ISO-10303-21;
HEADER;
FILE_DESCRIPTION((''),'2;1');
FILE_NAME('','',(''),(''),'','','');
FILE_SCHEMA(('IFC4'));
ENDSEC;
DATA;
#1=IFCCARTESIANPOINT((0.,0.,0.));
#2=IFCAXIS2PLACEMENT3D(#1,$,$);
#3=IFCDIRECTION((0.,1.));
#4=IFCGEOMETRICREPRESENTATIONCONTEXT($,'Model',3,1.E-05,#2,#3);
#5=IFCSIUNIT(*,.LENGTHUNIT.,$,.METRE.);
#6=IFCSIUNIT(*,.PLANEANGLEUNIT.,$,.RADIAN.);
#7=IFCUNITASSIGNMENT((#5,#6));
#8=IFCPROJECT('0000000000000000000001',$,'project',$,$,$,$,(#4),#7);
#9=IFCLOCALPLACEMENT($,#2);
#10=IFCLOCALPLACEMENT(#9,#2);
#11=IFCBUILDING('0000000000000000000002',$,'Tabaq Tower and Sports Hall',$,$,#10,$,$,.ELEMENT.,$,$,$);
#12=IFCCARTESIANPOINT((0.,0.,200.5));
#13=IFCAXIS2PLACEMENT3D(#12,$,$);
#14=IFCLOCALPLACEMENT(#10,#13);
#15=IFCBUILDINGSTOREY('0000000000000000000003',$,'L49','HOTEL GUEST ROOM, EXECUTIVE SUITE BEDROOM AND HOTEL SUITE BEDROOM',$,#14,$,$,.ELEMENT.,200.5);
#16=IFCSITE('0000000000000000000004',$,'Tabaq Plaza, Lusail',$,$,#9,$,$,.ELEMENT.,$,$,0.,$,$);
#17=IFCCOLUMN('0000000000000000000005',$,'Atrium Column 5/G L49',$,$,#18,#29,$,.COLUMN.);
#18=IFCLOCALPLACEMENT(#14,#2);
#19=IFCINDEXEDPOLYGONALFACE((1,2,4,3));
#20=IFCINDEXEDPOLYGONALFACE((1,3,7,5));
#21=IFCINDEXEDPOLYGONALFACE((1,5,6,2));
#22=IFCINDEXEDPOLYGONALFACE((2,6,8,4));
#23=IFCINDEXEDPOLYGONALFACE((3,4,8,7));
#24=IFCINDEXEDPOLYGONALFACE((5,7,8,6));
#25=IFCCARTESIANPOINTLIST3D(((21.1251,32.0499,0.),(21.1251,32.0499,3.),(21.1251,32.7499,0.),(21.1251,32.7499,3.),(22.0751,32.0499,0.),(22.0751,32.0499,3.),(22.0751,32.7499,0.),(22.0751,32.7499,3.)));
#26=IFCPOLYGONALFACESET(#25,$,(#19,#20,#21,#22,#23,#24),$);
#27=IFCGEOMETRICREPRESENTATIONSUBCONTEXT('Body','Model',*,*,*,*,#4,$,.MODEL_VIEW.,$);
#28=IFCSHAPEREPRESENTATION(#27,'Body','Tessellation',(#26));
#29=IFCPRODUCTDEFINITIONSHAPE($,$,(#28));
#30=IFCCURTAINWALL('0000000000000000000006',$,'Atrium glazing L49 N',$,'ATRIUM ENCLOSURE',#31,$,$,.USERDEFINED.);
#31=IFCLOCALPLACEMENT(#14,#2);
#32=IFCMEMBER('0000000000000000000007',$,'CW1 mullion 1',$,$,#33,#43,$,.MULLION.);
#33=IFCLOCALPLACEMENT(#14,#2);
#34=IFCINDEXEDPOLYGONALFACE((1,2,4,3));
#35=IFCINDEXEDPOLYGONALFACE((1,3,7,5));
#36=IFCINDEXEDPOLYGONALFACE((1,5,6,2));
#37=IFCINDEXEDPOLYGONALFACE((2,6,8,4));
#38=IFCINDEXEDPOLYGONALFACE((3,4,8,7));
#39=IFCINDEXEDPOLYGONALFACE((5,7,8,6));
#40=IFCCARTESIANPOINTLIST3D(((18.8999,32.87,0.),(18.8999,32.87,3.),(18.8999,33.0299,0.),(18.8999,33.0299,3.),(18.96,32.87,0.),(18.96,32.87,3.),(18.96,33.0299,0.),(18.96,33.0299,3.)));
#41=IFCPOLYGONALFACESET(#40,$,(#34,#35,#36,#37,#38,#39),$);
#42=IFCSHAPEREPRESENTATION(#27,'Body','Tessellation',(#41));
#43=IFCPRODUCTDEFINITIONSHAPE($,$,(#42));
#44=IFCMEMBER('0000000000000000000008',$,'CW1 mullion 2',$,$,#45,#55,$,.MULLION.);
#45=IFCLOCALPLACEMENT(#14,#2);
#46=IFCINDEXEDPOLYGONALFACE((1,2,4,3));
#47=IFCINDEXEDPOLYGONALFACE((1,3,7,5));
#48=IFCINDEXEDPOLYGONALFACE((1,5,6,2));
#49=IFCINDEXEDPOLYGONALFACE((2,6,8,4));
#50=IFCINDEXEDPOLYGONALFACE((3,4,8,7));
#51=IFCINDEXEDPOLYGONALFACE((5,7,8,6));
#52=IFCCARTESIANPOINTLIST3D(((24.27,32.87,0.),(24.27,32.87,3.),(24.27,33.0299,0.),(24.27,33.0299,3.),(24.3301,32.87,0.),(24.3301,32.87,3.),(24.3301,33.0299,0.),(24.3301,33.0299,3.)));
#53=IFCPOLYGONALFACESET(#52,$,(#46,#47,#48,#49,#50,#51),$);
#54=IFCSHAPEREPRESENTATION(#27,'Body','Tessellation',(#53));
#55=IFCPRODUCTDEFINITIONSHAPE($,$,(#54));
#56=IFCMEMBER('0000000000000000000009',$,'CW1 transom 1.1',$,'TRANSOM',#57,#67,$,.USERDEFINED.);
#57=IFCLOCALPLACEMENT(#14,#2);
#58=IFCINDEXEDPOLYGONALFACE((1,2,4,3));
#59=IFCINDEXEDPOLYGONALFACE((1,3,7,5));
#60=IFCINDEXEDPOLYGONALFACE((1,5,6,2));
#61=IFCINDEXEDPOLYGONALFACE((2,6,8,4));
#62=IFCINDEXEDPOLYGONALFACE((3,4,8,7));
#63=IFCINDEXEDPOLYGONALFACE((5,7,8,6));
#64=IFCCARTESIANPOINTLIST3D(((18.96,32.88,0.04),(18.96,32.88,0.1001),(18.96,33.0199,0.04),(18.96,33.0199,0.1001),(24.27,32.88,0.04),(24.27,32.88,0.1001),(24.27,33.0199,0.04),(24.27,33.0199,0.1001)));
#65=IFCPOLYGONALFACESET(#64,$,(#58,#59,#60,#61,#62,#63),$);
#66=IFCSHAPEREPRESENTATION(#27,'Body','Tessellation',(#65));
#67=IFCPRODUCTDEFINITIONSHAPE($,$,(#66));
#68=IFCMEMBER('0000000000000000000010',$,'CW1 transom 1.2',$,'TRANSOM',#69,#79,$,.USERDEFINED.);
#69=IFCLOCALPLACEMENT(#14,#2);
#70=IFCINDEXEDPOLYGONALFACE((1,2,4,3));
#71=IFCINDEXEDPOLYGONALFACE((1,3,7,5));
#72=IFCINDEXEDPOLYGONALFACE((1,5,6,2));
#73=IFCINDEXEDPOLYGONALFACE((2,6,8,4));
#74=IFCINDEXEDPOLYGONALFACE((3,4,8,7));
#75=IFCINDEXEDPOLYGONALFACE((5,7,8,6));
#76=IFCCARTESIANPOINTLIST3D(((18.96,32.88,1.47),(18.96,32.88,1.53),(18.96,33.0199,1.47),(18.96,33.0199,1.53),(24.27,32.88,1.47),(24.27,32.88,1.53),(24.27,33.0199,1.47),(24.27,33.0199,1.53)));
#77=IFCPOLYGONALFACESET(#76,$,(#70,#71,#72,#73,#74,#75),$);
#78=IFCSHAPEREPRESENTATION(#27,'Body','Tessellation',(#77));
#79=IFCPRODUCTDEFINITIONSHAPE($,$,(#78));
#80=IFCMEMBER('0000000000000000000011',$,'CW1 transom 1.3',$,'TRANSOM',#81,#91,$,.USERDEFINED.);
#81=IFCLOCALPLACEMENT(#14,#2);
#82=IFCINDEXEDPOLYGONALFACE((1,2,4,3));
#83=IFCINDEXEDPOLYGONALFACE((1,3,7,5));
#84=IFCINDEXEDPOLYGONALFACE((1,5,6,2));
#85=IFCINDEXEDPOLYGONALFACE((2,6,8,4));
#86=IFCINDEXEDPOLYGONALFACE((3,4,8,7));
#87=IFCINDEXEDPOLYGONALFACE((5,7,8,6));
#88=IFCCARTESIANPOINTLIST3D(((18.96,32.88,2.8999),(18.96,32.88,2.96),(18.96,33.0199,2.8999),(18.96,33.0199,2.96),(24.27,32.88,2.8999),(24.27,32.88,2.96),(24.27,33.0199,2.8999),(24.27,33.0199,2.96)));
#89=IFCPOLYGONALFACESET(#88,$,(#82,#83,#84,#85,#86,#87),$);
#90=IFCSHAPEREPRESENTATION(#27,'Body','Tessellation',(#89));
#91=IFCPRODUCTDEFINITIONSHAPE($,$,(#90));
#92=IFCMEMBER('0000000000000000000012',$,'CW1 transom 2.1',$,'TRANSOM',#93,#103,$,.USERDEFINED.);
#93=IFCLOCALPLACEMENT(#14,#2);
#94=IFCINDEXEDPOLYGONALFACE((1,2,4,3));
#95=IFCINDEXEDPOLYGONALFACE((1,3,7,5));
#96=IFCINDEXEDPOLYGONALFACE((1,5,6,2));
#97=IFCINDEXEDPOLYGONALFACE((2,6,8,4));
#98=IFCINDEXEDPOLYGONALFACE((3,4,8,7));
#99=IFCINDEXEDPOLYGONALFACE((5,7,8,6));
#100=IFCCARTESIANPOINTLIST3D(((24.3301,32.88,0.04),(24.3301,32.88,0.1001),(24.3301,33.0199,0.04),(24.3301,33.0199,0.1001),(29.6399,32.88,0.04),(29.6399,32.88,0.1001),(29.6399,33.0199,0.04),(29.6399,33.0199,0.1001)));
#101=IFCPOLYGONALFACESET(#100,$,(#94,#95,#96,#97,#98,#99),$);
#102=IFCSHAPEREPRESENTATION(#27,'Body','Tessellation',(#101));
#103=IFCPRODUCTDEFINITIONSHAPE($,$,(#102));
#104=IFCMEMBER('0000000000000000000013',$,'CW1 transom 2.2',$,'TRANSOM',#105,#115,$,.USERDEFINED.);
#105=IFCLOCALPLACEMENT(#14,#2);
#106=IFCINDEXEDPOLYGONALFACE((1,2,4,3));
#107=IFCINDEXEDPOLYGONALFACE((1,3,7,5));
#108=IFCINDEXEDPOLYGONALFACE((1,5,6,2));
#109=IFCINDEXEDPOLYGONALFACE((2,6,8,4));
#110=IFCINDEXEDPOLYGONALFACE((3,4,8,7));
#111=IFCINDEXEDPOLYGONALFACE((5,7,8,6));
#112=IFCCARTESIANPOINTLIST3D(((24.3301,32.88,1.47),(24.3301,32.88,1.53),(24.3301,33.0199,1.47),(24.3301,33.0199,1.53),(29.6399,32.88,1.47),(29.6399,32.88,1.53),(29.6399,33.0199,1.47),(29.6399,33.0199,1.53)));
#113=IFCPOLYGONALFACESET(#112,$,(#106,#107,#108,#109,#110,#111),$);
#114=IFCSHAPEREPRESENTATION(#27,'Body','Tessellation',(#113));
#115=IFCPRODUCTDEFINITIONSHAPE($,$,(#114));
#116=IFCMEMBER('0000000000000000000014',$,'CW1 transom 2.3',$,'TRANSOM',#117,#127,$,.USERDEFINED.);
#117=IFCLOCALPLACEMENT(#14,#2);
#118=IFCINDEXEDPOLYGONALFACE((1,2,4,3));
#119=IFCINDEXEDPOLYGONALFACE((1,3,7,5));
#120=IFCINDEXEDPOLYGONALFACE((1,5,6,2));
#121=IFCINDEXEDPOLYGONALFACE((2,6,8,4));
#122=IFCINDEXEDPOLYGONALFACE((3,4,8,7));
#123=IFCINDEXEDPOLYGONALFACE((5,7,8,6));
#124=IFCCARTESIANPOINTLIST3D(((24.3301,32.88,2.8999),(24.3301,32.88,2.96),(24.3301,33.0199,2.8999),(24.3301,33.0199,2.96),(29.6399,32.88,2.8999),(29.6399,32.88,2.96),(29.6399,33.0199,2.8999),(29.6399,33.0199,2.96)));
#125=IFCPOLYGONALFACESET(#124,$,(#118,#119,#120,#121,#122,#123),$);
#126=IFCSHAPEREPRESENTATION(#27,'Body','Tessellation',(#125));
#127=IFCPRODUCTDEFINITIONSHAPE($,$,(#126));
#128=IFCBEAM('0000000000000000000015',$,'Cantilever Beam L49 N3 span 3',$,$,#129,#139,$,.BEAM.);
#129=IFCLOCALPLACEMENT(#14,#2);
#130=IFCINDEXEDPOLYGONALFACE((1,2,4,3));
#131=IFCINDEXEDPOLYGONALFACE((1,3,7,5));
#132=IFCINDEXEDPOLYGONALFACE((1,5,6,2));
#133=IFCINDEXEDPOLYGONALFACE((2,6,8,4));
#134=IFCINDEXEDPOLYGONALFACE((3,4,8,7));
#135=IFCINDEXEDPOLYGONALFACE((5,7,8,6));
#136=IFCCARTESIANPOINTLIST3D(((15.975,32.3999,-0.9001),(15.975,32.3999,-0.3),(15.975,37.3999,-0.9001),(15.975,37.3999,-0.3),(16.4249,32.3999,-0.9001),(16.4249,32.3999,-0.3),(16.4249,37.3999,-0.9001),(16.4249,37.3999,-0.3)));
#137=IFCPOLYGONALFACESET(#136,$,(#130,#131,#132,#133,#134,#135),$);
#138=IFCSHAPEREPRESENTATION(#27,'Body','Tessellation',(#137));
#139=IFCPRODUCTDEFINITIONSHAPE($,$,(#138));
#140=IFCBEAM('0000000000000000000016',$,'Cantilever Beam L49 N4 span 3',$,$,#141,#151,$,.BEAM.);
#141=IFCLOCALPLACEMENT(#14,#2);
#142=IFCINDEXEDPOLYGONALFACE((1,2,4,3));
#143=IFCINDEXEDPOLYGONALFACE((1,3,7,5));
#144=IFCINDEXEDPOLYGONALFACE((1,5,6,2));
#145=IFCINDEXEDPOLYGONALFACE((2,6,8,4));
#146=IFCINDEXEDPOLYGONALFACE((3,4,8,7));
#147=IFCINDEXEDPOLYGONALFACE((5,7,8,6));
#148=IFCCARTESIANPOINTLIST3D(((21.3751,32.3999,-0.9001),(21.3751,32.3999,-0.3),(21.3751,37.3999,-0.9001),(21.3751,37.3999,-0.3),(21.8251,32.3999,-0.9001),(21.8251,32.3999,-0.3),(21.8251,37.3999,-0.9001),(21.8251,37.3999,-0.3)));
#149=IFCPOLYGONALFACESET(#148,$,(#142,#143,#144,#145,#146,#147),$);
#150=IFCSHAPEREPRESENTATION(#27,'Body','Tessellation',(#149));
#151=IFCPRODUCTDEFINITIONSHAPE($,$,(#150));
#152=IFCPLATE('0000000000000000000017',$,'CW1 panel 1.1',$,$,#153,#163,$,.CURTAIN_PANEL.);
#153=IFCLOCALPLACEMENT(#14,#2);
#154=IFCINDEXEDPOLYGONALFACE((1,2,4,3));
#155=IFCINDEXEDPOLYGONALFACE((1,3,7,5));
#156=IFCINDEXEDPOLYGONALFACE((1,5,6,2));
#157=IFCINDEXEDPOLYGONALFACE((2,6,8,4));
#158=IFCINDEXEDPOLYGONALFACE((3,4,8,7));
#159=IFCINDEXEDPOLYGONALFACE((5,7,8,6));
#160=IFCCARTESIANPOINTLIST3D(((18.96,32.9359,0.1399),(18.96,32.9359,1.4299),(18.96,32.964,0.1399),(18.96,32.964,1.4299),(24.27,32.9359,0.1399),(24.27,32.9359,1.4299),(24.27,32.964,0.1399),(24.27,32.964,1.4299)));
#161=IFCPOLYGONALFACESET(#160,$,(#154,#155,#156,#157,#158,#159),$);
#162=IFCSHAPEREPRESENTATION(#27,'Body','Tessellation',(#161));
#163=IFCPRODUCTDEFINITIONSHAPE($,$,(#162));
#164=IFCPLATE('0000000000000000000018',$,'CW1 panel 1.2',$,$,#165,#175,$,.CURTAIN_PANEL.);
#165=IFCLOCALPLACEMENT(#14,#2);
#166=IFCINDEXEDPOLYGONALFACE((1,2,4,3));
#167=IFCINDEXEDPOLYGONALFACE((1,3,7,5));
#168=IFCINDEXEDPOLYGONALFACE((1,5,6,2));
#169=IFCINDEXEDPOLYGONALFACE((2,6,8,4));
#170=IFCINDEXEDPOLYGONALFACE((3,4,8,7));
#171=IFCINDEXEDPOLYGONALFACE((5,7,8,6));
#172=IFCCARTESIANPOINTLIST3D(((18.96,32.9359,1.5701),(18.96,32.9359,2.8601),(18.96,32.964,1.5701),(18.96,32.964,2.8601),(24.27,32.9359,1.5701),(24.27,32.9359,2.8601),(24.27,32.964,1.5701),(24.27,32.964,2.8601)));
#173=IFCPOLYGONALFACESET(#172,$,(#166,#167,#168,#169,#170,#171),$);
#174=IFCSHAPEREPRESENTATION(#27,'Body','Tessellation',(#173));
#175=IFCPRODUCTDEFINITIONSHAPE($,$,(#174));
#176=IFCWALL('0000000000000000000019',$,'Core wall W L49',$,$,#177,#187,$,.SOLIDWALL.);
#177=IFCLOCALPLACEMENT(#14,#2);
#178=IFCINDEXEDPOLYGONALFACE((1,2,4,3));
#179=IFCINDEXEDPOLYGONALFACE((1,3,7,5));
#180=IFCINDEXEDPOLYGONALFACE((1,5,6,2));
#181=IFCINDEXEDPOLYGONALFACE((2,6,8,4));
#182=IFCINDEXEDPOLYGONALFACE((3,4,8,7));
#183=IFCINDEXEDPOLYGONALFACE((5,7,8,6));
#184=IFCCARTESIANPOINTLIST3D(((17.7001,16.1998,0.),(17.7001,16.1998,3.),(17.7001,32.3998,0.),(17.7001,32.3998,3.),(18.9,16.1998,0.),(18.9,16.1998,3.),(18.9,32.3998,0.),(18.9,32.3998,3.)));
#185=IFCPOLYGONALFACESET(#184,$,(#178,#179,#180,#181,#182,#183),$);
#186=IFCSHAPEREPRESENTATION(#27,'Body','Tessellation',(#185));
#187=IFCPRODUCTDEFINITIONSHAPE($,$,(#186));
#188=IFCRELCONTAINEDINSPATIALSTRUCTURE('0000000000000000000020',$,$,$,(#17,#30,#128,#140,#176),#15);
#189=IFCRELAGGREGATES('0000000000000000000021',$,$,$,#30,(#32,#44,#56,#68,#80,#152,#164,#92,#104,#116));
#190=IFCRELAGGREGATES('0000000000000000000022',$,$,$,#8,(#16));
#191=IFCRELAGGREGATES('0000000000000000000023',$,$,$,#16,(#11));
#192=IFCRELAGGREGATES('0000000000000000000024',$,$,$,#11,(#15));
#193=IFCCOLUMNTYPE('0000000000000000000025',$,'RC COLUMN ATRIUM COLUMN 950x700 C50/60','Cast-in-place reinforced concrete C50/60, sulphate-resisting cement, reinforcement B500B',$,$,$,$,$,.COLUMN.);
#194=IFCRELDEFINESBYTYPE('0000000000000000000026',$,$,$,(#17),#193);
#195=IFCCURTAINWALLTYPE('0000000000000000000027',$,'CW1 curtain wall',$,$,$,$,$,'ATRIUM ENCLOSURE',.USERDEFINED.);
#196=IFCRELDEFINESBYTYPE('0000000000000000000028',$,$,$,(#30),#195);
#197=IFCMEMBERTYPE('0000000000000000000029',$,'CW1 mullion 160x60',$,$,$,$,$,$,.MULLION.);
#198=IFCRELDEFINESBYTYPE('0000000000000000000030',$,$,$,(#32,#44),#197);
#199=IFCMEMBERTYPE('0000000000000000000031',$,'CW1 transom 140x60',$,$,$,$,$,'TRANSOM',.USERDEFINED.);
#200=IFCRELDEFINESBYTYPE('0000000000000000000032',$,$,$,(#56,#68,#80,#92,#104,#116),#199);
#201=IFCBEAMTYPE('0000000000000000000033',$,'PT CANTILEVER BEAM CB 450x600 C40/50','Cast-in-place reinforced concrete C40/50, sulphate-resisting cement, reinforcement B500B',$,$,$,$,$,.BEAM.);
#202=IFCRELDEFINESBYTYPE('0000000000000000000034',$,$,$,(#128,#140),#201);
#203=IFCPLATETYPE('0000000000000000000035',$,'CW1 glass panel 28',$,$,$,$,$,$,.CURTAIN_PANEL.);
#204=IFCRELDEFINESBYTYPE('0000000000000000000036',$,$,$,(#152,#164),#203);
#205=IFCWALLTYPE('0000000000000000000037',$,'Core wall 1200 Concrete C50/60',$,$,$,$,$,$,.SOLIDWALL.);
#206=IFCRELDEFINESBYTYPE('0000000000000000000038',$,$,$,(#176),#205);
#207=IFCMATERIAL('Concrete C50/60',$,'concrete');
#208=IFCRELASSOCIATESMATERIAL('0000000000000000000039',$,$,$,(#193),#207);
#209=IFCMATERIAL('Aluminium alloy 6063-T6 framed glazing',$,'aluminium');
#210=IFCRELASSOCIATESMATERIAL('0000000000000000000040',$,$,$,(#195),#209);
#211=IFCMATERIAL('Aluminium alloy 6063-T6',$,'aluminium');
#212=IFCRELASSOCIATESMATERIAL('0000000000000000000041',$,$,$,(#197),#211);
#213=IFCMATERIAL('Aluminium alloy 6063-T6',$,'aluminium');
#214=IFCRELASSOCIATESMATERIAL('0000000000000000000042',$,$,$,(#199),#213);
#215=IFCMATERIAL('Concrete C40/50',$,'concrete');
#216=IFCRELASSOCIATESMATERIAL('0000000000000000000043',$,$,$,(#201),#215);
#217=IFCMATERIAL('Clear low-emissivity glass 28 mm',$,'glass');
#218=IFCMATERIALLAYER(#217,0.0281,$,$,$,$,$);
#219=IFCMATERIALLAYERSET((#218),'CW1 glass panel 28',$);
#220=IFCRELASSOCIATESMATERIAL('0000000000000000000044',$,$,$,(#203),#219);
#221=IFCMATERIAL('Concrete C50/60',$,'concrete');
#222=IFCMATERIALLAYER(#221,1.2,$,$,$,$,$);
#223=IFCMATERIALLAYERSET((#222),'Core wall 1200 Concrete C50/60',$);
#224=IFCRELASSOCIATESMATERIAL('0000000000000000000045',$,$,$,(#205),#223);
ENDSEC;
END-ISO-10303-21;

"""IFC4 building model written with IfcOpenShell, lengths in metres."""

from ifc_helpers import new_model, si_unit, direction, frame, frame_2d, origin, origin_2d, place, context, subcontext, project, spatial, rectangle, extrude, material, layer, layer_set, material_profile, profile_set, type_object, element, aggregate, save


model = new_model("IFC4")

# Units and contexts
model_context = context("Model", 3, precision=1e-05, world=origin(), true_north=direction((0.0, 1.0)))
body_context = subcontext(model_context, "Body", "Model", "MODEL_VIEW")
ifc_project = project(units=[si_unit("LENGTHUNIT", "METRE"), si_unit("PLANEANGLEUNIT", "RADIAN")], contexts=[model_context])

# Site, building, storey
site_placement = place(None, origin())
site = spatial("IfcSite", under=ifc_project, at=site_placement, Name="Tabaq Plaza, Lusail", CompositionType="ELEMENT", RefElevation=0.0)
building_placement = place(site_placement, origin())
building = spatial("IfcBuilding", under=site, at=building_placement, Name="Tabaq Tower and Sports Hall", CompositionType="ELEMENT")
storey_placement = place(building_placement, frame((0.0, 0.0, 200.5)))
storey = spatial("IfcBuildingStorey", under=building, at=storey_placement, Name="L49", Description="HOTEL GUEST ROOM, EXECUTIVE SUITE BEDROOM AND HOTEL SUITE BEDROOM", CompositionType="ELEMENT", Elevation=200.5)

# Column
ifc_material_1 = material(Name="Concrete C50/60", Category="concrete")
ifc_material_profile_1 = material_profile(ifc_material_1, rectangle(XDim=0.95, YDim=0.7, at=origin_2d()), Name="ATRIUM COLUMN 950x700")
ifc_profile_set_1 = profile_set([ifc_material_profile_1], Name="Concrete C50/60")
column_type = type_object("IfcColumnType", Name="RC COLUMN ATRIUM COLUMN 950x700 C50/60", Description="Cast-in-place reinforced concrete C50/60, sulphate-resisting cement, reinforcement B500B", PredefinedType="COLUMN", material=ifc_profile_set_1)
column_placement = place(storey_placement, frame((21.6001, 32.3999, 0.0), z_axis=(0.0, 0.0, 1.0), x_axis=(1.0, 0.0, 0.0)))
element("IfcColumn", 1, at=column_placement, inside=storey, type_object=column_type, Name="Atrium Column 5/G L49", PredefinedType="COLUMN", context=body_context, shape_type="SweptSolid", body=[
    extrude(rectangle(XDim=0.95, YDim=0.7, at=origin_2d()), origin(), (0.0, 0.0, 1.0), 3.0),
])

# Curtain wall, members
ifc_material_2 = material(Name="Aluminium alloy 6063-T6 framed glazing", Category="aluminium")
curtain_wall_type = type_object("IfcCurtainWallType", Name="CW1 curtain wall", ElementType="ATRIUM ENCLOSURE", PredefinedType="USERDEFINED", material=ifc_material_2)
curtain_wall_placement = place(storey_placement, origin())
curtain_wall = element("IfcCurtainWall", 2, at=curtain_wall_placement, inside=storey, type_object=curtain_wall_type, Name="Atrium glazing L49 N", ObjectType="ATRIUM ENCLOSURE", PredefinedType="USERDEFINED")
ifc_material_3 = material(Name="Aluminium alloy 6063-T6", Category="aluminium")
ifc_material_profile_2 = material_profile(ifc_material_3, rectangle(XDim=0.1599, YDim=0.0601, at=origin_2d()), Name="MULLION 160x60")
ifc_profile_set_2 = profile_set([ifc_material_profile_2], Name="Aluminium alloy 6063-T6")
member_type_1 = type_object("IfcMemberType", Name="CW1 mullion 160x60", PredefinedType="MULLION", material=ifc_profile_set_2)
member_1_placement = place(storey_placement, frame((18.9299, 32.95, 0.0), z_axis=(0.0, 0.0, 1.0), x_axis=(0.0, 1.0, 0.0)))
member_1 = element("IfcMember", 3, at=member_1_placement, type_object=member_type_1, Name="CW1 mullion 1", PredefinedType="MULLION", context=body_context, shape_type="SweptSolid", body=[
    extrude(rectangle(XDim=0.1599, YDim=0.0601, at=origin_2d()), origin(), (0.0, 0.0, 1.0), 3.0),
])
member_2_placement = place(storey_placement, frame((24.3, 32.95, 0.0), z_axis=(0.0, 0.0, 1.0), x_axis=(0.0, 1.0, 0.0)))
member_2 = element("IfcMember", 4, at=member_2_placement, type_object=member_type_1, Name="CW1 mullion 2", PredefinedType="MULLION", context=body_context, shape_type="SweptSolid", body=[
    extrude(rectangle(XDim=0.1599, YDim=0.0601, at=origin_2d()), origin(), (0.0, 0.0, 1.0), 3.0),
])
ifc_material_4 = material(Name="Aluminium alloy 6063-T6", Category="aluminium")
ifc_material_profile_3 = material_profile(ifc_material_4, rectangle(XDim=0.1399, YDim=0.0601, at=origin_2d()), Name="TRANSOM 140x60")
ifc_profile_set_3 = profile_set([ifc_material_profile_3], Name="Aluminium alloy 6063-T6")
member_type_2 = type_object("IfcMemberType", Name="CW1 transom 140x60", ElementType="TRANSOM", PredefinedType="USERDEFINED", material=ifc_profile_set_3)
member_3_placement = place(storey_placement, frame((18.96, 32.95, 0.0701), z_axis=(1.0, 0.0, 0.0), x_axis=(0.0, 1.0, 0.0)))
member_3 = element("IfcMember", 5, at=member_3_placement, type_object=member_type_2, Name="CW1 transom 1.1", ObjectType="TRANSOM", PredefinedType="USERDEFINED", context=body_context, shape_type="SweptSolid", body=[
    extrude(rectangle(XDim=0.1399, YDim=0.0601, at=origin_2d()), origin(), (0.0, 0.0, 1.0), 5.3101),
])
member_4_placement = place(storey_placement, frame((18.96, 32.95, 1.5), z_axis=(1.0, 0.0, 0.0), x_axis=(0.0, 1.0, 0.0)))
member_4 = element("IfcMember", 6, at=member_4_placement, type_object=member_type_2, Name="CW1 transom 1.2", ObjectType="TRANSOM", PredefinedType="USERDEFINED", context=body_context, shape_type="SweptSolid", body=[
    extrude(rectangle(XDim=0.1399, YDim=0.0601, at=origin_2d()), origin(), (0.0, 0.0, 1.0), 5.3101),
])
member_5_placement = place(storey_placement, frame((18.96, 32.95, 2.9299), z_axis=(1.0, 0.0, 0.0), x_axis=(0.0, 1.0, 0.0)))
member_5 = element("IfcMember", 7, at=member_5_placement, type_object=member_type_2, Name="CW1 transom 1.3", ObjectType="TRANSOM", PredefinedType="USERDEFINED", context=body_context, shape_type="SweptSolid", body=[
    extrude(rectangle(XDim=0.1399, YDim=0.0601, at=origin_2d()), origin(), (0.0, 0.0, 1.0), 5.3101),
])
member_6_placement = place(storey_placement, frame((24.3301, 32.95, 0.0701), z_axis=(1.0, 0.0, 0.0), x_axis=(0.0, 1.0, 0.0)))
member_6 = element("IfcMember", 8, at=member_6_placement, type_object=member_type_2, Name="CW1 transom 2.1", ObjectType="TRANSOM", PredefinedType="USERDEFINED", context=body_context, shape_type="SweptSolid", body=[
    extrude(rectangle(XDim=0.1399, YDim=0.0601, at=origin_2d()), origin(), (0.0, 0.0, 1.0), 5.3098),
])
member_7_placement = place(storey_placement, frame((24.3301, 32.95, 1.5), z_axis=(1.0, 0.0, 0.0), x_axis=(0.0, 1.0, 0.0)))
member_7 = element("IfcMember", 9, at=member_7_placement, type_object=member_type_2, Name="CW1 transom 2.2", ObjectType="TRANSOM", PredefinedType="USERDEFINED", context=body_context, shape_type="SweptSolid", body=[
    extrude(rectangle(XDim=0.1399, YDim=0.0601, at=origin_2d()), origin(), (0.0, 0.0, 1.0), 5.3098),
])
member_8_placement = place(storey_placement, frame((24.3301, 32.95, 2.9299), z_axis=(1.0, 0.0, 0.0), x_axis=(0.0, 1.0, 0.0)))
member_8 = element("IfcMember", 10, at=member_8_placement, type_object=member_type_2, Name="CW1 transom 2.3", ObjectType="TRANSOM", PredefinedType="USERDEFINED", context=body_context, shape_type="SweptSolid", body=[
    extrude(rectangle(XDim=0.1399, YDim=0.0601, at=origin_2d()), origin(), (0.0, 0.0, 1.0), 5.3098),
])

# Beams
ifc_material_5 = material(Name="Concrete C40/50", Category="concrete")
ifc_material_profile_4 = material_profile(ifc_material_5, rectangle(XDim=0.45, YDim=0.6001, at=origin_2d()), Name="CB 450x600")
ifc_profile_set_4 = profile_set([ifc_material_profile_4], Name="Concrete C40/50")
beam_type = type_object("IfcBeamType", Name="PT CANTILEVER BEAM CB 450x600 C40/50", Description="Cast-in-place reinforced concrete C40/50, sulphate-resisting cement, reinforcement B500B", PredefinedType="BEAM", material=ifc_profile_set_4)
for number, where, z_axis, x_axis, name in (
    (11, (16.2, 37.3999, -0.6001), (0.0, -1.0, 0.0), (1.0, 0.0, 0.0), "Cantilever Beam L49 N3 span 3"),
    (12, (21.6001, 37.3999, -0.6001), (0.0, -1.0, 0.0), (1.0, 0.0, 0.0), "Cantilever Beam L49 N4 span 3"),
):
    element("IfcBeam", number, at=place(storey_placement, frame(where, z_axis=z_axis, x_axis=x_axis)), inside=storey, type_object=beam_type, Name=name, PredefinedType="BEAM", context=body_context, shape_type="SweptSolid", body=[
        extrude(rectangle(XDim=0.45, YDim=0.6001, at=origin_2d()), origin(), (0.0, 0.0, 1.0), 5.0),
    ])

# Plates
ifc_material_6 = material(Name="Clear low-emissivity glass 28 mm", Category="glass")
ifc_layer_1 = layer(ifc_material_6, 0.0281)
ifc_layer_set_1 = layer_set([ifc_layer_1], Name="CW1 glass panel 28")
plate_type = type_object("IfcPlateType", Name="CW1 glass panel 28", PredefinedType="CURTAIN_PANEL", material=ifc_layer_set_1)
plate_1_placement = place(storey_placement, frame((21.615, 32.95, 0.1399), z_axis=(0.0, 0.0, 1.0), x_axis=(1.0, 0.0, 0.0)))
plate_1 = element("IfcPlate", 13, at=plate_1_placement, type_object=plate_type, Name="CW1 panel 1.1", PredefinedType="CURTAIN_PANEL", context=body_context, shape_type="SweptSolid", body=[
    extrude(rectangle(XDim=5.3101, YDim=0.0281, at=origin_2d()), origin(), (0.0, 0.0, 1.0), 1.29),
])
plate_2_placement = place(storey_placement, frame((21.615, 32.95, 1.5701), z_axis=(0.0, 0.0, 1.0), x_axis=(1.0, 0.0, 0.0)))
plate_2 = element("IfcPlate", 14, at=plate_2_placement, type_object=plate_type, Name="CW1 panel 1.2", PredefinedType="CURTAIN_PANEL", context=body_context, shape_type="SweptSolid", body=[
    extrude(rectangle(XDim=5.3101, YDim=0.0281, at=origin_2d()), origin(), (0.0, 0.0, 1.0), 1.29),
])
aggregate(curtain_wall, [member_1, member_2, member_3, member_4, member_5, plate_1, plate_2, member_6, member_7, member_8])

# Wall
ifc_material_7 = material(Name="Concrete C50/60", Category="concrete")
ifc_layer_2 = layer(ifc_material_7, 1.2)
ifc_layer_set_2 = layer_set([ifc_layer_2], Name="Core wall 1200 Concrete C50/60")
wall_type_1 = type_object("IfcWallType", Name="Core wall 1200 Concrete C50/60", PredefinedType="SOLIDWALL", material=ifc_layer_set_2)
wall_1_placement = place(storey_placement, frame((18.3, 32.3999, 0.0), z_axis=(0.0, 0.0, 1.0), x_axis=(0.0, -1.0, 0.0)))
element("IfcWall", 15, at=wall_1_placement, inside=storey, type_object=wall_type_1, Name="Core wall W L49", PredefinedType="SOLIDWALL", context=body_context, shape_type="SweptSolid", body=[
    extrude(rectangle(XDim=16.2, YDim=1.2, at=frame_2d((8.1001, 0.0))), origin(), (0.0, 0.0, 1.0), 3.0),
])

save(model, "model.ifc")
